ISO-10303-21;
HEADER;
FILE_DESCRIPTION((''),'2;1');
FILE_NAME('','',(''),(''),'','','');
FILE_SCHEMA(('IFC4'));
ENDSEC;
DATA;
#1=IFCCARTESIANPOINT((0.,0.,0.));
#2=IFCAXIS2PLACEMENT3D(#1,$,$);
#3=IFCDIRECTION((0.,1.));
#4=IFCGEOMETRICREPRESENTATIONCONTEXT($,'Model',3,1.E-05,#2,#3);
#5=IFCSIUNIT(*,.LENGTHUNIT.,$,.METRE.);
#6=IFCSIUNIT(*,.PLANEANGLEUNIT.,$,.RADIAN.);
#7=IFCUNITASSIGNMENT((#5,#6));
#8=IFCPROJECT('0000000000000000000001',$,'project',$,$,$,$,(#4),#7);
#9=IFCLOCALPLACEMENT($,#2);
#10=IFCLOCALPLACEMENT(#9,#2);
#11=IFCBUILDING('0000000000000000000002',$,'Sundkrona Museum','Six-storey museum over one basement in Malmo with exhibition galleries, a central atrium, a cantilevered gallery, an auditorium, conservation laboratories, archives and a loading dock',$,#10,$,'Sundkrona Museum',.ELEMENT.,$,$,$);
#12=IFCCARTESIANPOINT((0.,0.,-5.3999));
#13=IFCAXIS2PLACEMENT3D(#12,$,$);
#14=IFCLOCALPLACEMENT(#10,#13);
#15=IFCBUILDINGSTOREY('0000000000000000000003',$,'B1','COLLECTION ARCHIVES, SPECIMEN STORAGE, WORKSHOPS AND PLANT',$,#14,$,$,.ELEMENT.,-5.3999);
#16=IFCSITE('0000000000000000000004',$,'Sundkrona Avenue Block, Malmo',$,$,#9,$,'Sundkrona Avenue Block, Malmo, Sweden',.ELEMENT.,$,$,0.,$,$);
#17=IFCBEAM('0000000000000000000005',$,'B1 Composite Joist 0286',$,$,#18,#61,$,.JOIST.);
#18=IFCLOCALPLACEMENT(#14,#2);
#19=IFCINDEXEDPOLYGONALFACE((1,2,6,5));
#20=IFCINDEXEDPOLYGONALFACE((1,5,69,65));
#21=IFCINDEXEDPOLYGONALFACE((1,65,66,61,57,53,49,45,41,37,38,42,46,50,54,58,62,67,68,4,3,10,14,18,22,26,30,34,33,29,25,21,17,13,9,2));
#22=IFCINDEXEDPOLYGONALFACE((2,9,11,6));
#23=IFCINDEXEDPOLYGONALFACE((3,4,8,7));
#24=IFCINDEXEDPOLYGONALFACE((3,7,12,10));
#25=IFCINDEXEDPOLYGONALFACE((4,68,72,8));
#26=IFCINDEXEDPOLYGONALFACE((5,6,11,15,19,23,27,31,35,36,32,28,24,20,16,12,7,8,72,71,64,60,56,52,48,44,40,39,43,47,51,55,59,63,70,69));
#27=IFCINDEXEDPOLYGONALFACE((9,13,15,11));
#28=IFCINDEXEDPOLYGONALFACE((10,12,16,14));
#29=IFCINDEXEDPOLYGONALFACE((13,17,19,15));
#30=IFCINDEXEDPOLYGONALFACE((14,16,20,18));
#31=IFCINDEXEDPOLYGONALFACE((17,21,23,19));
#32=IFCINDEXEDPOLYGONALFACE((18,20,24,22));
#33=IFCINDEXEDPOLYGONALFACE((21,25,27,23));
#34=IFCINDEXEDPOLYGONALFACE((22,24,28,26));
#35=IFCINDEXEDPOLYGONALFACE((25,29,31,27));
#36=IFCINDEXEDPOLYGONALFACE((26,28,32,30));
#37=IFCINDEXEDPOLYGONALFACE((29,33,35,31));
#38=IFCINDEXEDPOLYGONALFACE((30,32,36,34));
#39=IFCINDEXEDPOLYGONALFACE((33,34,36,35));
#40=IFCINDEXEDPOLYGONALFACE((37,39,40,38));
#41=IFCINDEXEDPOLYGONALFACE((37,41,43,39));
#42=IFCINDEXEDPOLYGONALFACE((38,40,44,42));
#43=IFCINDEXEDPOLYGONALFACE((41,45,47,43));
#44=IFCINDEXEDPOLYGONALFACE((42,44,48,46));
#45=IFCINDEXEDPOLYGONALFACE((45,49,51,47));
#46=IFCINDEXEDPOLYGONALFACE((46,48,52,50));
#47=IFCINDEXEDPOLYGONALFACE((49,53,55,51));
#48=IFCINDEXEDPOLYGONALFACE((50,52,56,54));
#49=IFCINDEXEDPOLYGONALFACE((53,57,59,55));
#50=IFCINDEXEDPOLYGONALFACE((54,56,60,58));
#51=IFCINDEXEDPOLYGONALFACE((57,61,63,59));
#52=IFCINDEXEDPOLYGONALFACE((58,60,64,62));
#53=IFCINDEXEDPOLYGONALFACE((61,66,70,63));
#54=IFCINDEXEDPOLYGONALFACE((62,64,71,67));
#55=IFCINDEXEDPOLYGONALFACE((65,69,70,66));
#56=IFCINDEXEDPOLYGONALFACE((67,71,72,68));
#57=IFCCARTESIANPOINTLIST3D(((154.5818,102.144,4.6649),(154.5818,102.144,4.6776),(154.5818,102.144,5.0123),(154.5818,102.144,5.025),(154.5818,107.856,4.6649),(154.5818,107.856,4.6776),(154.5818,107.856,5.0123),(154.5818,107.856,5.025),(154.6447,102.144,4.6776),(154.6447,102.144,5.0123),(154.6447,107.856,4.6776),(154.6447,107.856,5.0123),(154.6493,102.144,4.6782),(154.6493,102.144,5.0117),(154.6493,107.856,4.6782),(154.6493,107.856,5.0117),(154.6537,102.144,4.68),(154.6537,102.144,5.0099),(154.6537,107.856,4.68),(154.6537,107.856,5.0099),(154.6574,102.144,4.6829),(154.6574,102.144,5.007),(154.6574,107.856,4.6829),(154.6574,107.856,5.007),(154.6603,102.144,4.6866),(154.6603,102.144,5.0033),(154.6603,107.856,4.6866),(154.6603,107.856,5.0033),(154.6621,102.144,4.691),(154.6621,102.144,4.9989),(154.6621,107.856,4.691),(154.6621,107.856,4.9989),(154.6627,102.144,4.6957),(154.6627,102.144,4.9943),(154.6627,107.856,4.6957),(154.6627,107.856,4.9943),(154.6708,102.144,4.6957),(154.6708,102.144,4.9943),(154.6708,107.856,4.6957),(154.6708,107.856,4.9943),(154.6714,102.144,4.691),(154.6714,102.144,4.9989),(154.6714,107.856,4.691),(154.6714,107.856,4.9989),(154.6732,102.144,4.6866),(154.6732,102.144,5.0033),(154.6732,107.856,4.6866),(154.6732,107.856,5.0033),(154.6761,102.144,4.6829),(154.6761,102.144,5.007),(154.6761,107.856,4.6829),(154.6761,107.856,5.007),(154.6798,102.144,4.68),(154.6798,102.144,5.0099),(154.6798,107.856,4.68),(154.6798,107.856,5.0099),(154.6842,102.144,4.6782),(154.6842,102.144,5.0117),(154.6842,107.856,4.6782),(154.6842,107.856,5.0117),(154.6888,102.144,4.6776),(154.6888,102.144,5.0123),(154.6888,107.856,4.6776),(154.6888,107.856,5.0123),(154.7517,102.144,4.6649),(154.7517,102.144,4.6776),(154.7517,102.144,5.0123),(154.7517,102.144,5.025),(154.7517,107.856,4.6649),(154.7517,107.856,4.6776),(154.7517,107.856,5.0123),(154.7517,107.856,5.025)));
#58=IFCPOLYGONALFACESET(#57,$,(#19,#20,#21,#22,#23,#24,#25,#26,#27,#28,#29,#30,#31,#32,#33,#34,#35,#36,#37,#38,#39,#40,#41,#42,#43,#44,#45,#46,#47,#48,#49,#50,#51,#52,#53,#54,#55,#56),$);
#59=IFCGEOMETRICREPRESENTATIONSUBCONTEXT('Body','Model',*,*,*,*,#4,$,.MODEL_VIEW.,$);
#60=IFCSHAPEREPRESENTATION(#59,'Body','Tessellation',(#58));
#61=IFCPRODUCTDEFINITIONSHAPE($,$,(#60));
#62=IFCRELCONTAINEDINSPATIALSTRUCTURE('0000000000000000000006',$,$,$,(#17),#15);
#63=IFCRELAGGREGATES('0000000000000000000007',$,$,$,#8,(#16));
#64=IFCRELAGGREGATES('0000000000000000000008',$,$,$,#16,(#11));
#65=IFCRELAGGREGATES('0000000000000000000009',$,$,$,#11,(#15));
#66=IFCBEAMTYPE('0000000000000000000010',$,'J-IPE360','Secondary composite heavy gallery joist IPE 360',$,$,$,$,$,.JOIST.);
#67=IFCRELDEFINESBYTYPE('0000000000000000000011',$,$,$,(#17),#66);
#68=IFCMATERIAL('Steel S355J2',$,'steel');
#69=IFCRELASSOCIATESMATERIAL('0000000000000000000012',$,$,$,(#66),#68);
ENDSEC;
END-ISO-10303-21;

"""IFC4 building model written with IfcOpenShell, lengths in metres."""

from ifc_helpers import new_model, si_unit, direction, frame, origin, origin_2d, place, context, subcontext, project, spatial, i_section, extrude, material, material_profile, profile_set, type_object, element, save


model = new_model("IFC4")

# Units and contexts
model_context = context("Model", 3, precision=1e-05, world=origin(), true_north=direction((0.0, 1.0)))
body_context = subcontext(model_context, "Body", "Model", "MODEL_VIEW")
ifc_project = project(units=[si_unit("LENGTHUNIT", "METRE"), si_unit("PLANEANGLEUNIT", "RADIAN")], contexts=[model_context])

# Site, building, storey
site_placement = place(None, origin())
site = spatial("IfcSite", under=ifc_project, at=site_placement, Name="Sundkrona Avenue Block, Malmo", LongName="Sundkrona Avenue Block, Malmo, Sweden", CompositionType="ELEMENT", RefElevation=0.0)
building_placement = place(site_placement, origin())
building = spatial("IfcBuilding", under=site, at=building_placement, Name="Sundkrona Museum", Description="Six-storey museum over one basement in Malmo with exhibition galleries, a central atrium, a cantilevered gallery, an auditorium, conservation laboratories, archives and a loading dock", LongName="Sundkrona Museum", CompositionType="ELEMENT")
storey_placement = place(building_placement, frame((0.0, 0.0, -5.3999)))
storey = spatial("IfcBuildingStorey", under=building, at=storey_placement, Name="B1", Description="COLLECTION ARCHIVES, SPECIMEN STORAGE, WORKSHOPS AND PLANT", CompositionType="ELEMENT", Elevation=-5.3999)

# Beam
ifc_material_1 = material(Name="Steel S355J2", Category="steel")
ifc_material_profile_1 = material_profile(ifc_material_1, i_section(OverallWidth=0.1699, OverallDepth=0.3601, WebThickness=0.0081, FlangeThickness=0.0127, FilletRadius=0.0181, at=origin_2d()), Name="IPE 360")
ifc_profile_set_1 = profile_set([ifc_material_profile_1], Name="Steel S355J2")
beam_type_1 = type_object("IfcBeamType", Name="J-IPE360", Description="Secondary composite heavy gallery joist IPE 360", PredefinedType="JOIST", material=ifc_profile_set_1)
for number, where, z_axis, x_axis, name in (
    (1, (154.6667, 102.144, 4.845), (0.0, 1.0, 0.0), (-1.0, 0.0, 0.0), "B1 Composite Joist 0286"),
):
    element("IfcBeam", number, at=place(storey_placement, frame(where, z_axis=z_axis, x_axis=x_axis)), inside=storey, type_object=beam_type_1, Name=name, PredefinedType="JOIST", context=body_context, shape_type="SweptSolid", body=[
        extrude(i_section(OverallWidth=0.1699, OverallDepth=0.3601, WebThickness=0.0081, FlangeThickness=0.0127, FilletRadius=0.0181, at=origin_2d()), origin(), (0.0, 0.0, 1.0), 5.7119),
    ])

save(model, "model.ifc")
